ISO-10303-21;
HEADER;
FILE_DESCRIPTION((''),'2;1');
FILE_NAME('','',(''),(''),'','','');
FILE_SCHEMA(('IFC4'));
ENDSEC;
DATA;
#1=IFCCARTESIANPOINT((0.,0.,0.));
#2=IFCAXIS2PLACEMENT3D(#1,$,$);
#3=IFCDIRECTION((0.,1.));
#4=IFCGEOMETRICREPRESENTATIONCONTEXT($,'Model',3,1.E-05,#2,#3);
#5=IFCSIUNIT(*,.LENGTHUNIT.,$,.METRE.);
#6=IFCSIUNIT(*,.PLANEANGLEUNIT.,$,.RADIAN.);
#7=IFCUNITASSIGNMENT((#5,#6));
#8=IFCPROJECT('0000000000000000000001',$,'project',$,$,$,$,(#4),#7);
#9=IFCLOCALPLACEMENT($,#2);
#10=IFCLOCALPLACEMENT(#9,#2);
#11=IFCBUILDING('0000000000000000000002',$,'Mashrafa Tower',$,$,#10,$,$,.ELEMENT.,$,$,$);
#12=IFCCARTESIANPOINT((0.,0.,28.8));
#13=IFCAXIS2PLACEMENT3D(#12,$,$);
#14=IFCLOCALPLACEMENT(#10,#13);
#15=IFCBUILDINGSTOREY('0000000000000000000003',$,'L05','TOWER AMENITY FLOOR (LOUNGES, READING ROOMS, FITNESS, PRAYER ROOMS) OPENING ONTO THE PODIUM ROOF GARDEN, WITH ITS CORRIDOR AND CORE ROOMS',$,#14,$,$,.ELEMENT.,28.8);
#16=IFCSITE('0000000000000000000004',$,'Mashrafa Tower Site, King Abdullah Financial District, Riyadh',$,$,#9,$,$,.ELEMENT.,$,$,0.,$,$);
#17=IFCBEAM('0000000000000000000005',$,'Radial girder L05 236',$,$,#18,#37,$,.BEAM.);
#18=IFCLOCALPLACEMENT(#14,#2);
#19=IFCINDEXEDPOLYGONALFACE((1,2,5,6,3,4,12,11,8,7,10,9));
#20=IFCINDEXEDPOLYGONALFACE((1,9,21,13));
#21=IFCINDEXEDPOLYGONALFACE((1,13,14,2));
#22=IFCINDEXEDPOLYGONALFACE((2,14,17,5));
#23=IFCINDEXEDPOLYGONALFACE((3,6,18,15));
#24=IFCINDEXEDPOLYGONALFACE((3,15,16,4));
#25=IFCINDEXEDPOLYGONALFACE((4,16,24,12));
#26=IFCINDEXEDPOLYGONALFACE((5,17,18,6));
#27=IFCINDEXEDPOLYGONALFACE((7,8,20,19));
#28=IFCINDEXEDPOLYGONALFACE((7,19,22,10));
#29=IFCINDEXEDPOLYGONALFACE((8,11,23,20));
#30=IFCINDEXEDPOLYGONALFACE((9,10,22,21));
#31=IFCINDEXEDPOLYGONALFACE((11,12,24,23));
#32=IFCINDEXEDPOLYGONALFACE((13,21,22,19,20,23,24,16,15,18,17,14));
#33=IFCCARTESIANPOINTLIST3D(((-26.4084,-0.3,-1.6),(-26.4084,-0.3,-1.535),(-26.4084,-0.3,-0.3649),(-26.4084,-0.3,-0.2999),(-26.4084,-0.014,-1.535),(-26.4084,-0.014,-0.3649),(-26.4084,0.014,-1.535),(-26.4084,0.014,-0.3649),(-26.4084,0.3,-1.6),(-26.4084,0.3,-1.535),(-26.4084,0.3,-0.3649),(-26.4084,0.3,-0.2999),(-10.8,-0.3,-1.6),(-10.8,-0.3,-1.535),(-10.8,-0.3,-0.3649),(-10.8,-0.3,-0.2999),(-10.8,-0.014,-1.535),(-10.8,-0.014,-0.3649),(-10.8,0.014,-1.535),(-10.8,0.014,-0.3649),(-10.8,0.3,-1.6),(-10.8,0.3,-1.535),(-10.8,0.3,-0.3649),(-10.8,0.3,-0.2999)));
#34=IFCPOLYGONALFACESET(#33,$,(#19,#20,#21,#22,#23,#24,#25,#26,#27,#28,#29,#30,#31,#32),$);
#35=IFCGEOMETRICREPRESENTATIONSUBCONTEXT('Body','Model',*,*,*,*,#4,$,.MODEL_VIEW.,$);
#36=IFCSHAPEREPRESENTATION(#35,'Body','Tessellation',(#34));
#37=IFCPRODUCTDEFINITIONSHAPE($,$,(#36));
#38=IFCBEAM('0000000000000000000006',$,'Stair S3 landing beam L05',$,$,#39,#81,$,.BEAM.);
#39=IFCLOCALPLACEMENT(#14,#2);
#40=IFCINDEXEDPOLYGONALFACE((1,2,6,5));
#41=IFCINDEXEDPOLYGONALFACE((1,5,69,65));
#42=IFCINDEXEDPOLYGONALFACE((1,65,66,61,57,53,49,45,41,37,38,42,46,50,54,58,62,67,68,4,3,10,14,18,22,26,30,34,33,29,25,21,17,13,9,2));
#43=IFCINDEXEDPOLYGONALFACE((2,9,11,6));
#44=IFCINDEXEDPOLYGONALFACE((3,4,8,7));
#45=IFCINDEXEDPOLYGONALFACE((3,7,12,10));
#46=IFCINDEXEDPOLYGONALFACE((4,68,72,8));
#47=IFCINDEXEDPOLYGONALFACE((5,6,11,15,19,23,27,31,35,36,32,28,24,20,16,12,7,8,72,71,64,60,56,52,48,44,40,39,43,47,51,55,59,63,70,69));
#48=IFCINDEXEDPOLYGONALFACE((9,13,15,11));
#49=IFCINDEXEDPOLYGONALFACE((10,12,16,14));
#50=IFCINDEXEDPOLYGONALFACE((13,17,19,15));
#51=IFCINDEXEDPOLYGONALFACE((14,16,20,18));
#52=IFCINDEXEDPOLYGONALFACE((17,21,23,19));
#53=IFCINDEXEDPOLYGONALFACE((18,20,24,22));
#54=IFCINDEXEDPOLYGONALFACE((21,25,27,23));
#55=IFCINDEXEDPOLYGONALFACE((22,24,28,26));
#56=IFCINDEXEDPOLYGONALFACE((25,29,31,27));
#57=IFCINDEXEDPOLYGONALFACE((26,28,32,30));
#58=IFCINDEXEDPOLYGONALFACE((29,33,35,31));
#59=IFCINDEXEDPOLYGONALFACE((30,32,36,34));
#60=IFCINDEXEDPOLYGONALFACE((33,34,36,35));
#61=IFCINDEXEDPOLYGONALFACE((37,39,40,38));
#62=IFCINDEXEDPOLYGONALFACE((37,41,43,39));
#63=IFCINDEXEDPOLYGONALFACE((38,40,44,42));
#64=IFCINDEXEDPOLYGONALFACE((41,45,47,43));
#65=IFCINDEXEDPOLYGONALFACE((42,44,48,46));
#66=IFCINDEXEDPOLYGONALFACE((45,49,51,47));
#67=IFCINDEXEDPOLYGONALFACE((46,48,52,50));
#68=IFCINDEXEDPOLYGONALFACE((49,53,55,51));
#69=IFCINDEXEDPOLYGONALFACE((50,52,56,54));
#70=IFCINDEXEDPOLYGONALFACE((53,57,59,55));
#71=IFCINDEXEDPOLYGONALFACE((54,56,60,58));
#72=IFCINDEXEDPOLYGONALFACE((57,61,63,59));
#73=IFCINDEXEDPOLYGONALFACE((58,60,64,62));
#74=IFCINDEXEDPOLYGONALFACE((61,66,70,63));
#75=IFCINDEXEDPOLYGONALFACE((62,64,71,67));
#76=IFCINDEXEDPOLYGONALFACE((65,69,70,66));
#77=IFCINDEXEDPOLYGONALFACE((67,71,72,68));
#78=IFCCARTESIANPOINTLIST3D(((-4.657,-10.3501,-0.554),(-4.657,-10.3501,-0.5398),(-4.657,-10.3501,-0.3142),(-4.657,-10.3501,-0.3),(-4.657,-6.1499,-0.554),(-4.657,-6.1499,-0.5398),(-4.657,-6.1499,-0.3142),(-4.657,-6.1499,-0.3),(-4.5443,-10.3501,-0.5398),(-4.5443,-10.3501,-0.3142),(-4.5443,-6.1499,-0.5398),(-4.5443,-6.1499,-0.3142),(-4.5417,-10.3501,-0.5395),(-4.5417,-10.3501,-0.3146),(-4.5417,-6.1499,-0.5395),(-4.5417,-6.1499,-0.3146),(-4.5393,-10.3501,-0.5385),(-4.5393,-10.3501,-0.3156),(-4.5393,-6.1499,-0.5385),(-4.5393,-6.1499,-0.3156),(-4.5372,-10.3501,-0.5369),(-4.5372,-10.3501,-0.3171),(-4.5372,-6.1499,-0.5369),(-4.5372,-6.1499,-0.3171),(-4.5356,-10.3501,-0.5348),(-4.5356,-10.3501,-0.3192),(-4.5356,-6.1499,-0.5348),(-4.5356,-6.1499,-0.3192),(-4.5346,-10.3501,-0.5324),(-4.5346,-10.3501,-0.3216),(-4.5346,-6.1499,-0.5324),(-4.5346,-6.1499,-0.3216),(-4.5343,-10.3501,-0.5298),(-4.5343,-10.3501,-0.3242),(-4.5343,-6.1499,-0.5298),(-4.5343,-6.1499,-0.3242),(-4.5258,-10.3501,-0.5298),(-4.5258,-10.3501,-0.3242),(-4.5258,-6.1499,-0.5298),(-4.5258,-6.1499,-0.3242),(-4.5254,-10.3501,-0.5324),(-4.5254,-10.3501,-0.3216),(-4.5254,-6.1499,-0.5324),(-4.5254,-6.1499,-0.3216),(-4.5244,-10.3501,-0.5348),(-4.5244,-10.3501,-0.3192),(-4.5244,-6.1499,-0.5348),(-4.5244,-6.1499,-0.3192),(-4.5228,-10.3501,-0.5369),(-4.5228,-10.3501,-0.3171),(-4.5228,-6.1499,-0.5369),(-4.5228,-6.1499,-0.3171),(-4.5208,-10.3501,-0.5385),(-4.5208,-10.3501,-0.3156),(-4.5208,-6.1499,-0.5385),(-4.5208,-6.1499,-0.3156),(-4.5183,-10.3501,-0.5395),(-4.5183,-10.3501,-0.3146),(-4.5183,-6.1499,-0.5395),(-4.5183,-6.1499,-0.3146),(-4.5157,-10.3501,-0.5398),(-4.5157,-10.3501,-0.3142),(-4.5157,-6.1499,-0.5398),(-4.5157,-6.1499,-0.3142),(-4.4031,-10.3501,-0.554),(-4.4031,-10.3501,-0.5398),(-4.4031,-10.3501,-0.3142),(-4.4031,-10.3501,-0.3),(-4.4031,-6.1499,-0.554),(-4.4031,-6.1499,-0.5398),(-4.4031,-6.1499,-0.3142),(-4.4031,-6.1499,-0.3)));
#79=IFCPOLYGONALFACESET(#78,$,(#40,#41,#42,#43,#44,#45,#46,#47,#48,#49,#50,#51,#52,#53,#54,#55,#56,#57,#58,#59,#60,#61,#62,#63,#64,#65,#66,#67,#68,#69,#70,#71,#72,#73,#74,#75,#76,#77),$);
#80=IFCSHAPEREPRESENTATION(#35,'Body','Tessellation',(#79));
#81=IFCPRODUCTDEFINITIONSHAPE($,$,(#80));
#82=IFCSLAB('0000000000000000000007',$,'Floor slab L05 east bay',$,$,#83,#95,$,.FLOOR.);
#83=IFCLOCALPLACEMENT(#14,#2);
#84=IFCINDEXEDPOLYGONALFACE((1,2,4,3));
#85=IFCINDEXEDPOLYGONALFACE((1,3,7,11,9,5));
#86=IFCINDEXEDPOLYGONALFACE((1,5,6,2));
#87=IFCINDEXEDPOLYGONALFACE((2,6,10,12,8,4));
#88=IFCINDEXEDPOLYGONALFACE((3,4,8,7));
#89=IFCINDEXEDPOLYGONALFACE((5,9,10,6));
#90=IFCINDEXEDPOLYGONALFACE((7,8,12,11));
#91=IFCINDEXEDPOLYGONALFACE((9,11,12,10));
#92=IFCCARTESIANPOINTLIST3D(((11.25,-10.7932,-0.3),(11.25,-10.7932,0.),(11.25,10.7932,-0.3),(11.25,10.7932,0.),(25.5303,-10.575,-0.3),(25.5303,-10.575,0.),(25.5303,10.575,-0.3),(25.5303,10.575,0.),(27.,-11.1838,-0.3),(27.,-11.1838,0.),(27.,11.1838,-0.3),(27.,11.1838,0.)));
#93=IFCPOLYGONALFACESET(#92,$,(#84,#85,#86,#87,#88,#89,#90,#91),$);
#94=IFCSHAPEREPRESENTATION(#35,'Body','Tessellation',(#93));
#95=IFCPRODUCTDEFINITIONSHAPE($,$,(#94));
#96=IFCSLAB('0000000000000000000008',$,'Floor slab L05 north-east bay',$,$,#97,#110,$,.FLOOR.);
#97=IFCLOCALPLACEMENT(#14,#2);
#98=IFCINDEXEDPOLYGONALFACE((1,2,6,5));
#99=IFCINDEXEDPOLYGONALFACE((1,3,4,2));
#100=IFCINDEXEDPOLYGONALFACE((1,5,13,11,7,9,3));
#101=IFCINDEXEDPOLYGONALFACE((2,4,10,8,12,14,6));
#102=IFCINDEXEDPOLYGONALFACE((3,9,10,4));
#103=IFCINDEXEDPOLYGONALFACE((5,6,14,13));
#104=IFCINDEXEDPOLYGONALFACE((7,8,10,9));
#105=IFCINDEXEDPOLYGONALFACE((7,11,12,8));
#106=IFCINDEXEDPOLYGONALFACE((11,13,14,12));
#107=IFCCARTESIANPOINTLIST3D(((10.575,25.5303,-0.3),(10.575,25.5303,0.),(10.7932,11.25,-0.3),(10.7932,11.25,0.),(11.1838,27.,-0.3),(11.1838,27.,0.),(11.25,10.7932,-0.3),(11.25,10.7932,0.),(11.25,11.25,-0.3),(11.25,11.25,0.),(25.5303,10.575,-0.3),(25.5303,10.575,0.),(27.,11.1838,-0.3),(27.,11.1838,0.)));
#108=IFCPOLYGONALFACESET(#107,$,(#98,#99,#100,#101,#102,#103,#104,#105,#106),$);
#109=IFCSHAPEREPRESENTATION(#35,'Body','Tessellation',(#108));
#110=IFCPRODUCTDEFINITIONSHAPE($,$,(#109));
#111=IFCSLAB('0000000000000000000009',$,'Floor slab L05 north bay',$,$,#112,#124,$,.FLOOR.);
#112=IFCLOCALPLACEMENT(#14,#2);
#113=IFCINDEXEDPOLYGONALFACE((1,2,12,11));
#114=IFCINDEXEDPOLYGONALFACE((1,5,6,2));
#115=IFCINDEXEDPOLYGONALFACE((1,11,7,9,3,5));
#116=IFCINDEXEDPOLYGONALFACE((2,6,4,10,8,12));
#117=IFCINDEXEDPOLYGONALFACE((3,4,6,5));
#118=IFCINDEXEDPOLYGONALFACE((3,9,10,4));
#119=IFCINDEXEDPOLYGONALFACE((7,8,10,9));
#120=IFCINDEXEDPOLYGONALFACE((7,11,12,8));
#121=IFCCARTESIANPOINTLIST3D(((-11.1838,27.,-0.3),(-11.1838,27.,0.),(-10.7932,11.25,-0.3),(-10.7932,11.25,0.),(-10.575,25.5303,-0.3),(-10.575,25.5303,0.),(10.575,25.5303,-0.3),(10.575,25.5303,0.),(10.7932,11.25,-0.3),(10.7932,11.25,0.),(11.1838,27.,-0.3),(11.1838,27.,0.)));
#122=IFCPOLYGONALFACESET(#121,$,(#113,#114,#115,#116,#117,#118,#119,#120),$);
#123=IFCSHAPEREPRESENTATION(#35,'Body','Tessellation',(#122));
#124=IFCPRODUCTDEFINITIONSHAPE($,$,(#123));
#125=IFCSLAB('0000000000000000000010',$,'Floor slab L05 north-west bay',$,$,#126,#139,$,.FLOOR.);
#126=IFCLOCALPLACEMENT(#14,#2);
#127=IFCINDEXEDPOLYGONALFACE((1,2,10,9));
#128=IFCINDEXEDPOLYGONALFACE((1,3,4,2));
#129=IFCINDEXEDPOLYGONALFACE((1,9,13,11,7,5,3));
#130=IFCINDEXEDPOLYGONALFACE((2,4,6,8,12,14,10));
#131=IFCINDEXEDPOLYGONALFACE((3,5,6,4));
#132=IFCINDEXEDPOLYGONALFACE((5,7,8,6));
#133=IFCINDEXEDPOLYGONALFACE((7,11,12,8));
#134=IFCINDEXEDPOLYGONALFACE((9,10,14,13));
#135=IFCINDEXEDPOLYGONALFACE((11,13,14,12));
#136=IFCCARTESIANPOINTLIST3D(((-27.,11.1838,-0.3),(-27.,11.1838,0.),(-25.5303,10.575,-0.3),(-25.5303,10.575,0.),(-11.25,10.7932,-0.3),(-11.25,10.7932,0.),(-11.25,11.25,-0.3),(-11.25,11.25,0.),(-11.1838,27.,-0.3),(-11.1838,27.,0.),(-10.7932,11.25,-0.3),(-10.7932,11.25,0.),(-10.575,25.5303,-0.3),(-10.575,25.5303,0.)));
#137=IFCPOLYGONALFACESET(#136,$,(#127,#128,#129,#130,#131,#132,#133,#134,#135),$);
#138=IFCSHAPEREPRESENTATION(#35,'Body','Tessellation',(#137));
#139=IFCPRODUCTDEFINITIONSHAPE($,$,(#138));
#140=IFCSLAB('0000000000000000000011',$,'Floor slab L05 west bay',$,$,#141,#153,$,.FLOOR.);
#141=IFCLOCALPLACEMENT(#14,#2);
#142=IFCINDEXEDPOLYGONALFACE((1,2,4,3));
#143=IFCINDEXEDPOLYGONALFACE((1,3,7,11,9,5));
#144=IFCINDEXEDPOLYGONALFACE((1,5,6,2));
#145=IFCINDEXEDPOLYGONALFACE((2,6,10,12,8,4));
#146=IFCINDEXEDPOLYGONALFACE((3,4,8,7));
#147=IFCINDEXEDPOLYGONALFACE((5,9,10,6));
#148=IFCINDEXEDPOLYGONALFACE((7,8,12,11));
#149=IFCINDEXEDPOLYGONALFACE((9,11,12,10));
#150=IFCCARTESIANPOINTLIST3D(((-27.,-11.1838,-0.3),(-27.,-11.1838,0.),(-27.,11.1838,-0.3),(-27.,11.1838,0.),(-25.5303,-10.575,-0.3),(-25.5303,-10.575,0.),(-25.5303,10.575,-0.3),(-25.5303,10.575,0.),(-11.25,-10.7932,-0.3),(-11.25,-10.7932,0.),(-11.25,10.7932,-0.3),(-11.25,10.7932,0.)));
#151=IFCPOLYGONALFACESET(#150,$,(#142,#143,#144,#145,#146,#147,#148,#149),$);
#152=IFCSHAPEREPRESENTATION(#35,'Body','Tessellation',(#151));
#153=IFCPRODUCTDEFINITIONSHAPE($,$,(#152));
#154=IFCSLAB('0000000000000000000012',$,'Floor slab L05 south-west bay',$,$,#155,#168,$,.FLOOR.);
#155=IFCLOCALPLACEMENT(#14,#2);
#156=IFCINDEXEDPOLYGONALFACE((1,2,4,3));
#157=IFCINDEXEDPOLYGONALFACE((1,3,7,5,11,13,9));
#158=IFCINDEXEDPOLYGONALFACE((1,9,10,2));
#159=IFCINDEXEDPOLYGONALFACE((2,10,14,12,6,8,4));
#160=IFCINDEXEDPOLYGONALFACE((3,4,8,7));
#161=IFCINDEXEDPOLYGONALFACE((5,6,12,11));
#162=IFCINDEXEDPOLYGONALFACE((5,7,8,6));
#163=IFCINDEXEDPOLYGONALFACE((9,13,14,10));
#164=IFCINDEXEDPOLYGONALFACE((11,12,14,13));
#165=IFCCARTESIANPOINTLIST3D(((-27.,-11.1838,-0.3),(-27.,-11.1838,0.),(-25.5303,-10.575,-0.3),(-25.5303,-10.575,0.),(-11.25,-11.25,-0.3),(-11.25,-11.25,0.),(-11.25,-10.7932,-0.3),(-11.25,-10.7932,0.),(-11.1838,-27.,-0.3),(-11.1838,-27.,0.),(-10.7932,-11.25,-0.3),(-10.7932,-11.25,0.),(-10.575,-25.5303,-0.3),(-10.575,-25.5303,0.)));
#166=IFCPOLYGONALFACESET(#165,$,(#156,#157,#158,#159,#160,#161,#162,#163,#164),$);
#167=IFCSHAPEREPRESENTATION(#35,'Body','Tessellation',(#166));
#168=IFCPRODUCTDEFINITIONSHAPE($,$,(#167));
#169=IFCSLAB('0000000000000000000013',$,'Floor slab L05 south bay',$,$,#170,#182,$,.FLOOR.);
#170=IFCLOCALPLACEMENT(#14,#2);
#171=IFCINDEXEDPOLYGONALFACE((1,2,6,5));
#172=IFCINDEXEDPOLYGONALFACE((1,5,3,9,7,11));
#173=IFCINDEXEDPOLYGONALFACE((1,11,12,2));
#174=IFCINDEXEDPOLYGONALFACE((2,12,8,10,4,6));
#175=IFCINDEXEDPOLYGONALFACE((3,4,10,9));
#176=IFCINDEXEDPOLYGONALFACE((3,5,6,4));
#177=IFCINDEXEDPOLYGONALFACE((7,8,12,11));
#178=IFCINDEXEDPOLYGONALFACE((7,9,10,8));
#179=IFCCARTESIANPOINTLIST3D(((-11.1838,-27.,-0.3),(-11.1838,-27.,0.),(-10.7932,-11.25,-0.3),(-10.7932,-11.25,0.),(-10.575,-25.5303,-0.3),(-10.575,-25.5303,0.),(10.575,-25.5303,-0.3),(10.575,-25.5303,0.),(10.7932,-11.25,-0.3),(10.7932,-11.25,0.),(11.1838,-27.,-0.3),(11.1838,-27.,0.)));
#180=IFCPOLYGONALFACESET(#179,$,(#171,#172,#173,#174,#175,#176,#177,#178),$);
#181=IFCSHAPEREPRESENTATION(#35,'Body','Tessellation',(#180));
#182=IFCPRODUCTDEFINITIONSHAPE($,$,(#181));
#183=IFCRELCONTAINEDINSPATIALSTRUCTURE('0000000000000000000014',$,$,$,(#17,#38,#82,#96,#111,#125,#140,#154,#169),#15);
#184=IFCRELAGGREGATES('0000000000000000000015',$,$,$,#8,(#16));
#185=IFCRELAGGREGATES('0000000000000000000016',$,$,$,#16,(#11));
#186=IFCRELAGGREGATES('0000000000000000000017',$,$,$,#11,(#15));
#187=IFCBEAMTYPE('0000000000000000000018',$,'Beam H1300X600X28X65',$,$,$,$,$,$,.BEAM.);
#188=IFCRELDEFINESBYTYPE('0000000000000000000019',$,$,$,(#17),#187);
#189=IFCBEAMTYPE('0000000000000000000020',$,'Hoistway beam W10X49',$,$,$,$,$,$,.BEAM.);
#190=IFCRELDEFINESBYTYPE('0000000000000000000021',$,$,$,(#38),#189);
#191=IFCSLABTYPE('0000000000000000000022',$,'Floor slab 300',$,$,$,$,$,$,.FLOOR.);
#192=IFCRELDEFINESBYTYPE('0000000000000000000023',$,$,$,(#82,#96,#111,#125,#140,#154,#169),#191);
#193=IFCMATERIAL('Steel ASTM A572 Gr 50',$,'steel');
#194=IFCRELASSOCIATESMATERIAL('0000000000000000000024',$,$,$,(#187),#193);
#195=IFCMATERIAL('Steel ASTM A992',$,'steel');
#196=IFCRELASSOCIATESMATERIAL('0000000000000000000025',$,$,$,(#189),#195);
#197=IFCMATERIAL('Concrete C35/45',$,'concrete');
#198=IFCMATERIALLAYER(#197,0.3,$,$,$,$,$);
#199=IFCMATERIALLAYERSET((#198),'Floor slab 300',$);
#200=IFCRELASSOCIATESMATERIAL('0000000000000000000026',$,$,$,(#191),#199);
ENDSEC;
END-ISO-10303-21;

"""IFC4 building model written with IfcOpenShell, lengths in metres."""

from ifc_helpers import new_model, si_unit, direction, frame, origin, origin_2d, place, context, subcontext, project, spatial, polyline, i_section, outline, extrude, material, layer, layer_set, material_profile, profile_set, type_object, element, save


model = new_model("IFC4")

# Units and contexts
model_context = context("Model", 3, precision=1e-05, world=origin(), true_north=direction((0.0, 1.0)))
body_context = subcontext(model_context, "Body", "Model", "MODEL_VIEW")
ifc_project = project(units=[si_unit("LENGTHUNIT", "METRE"), si_unit("PLANEANGLEUNIT", "RADIAN")], contexts=[model_context])

# Site, building, storey
site_placement = place(None, origin())
site = spatial("IfcSite", under=ifc_project, at=site_placement, Name="Mashrafa Tower Site, King Abdullah Financial District, Riyadh", CompositionType="ELEMENT", RefElevation=0.0)
building_placement = place(site_placement, origin())
building = spatial("IfcBuilding", under=site, at=building_placement, Name="Mashrafa Tower", CompositionType="ELEMENT")
storey_placement = place(building_placement, frame((0.0, 0.0, 28.8)))
storey = spatial("IfcBuildingStorey", under=building, at=storey_placement, Name="L05", Description="TOWER AMENITY FLOOR (LOUNGES, READING ROOMS, FITNESS, PRAYER ROOMS) OPENING ONTO THE PODIUM ROOF GARDEN, WITH ITS CORRIDOR AND CORE ROOMS", CompositionType="ELEMENT", Elevation=28.8)

# Beams
ifc_material_1 = material(Name="Steel ASTM A572 Gr 50", Category="steel")
ifc_material_profile_1 = material_profile(ifc_material_1, i_section(OverallWidth=0.6001, OverallDepth=1.3, WebThickness=0.0281, FlangeThickness=0.0649, at=origin_2d()), Name="H1300X600X28X65")
ifc_profile_set_1 = profile_set([ifc_material_profile_1], Name="Steel ASTM A572 Gr 50")
beam_type_1 = type_object("IfcBeamType", Name="Beam H1300X600X28X65", PredefinedType="BEAM", material=ifc_profile_set_1)
beam_1_placement = place(storey_placement, frame((-10.8, 0.0, -0.95), z_axis=(-1.0, 0.0, 0.0), x_axis=(0.0, -1.0, 0.0)))
element("IfcBeam", 1, at=beam_1_placement, inside=storey, type_object=beam_type_1, Name="Radial girder L05 236", PredefinedType="BEAM", context=body_context, shape_type="SweptSolid", body=[
    extrude(i_section(OverallWidth=0.6001, OverallDepth=1.3, WebThickness=0.0281, FlangeThickness=0.0649, at=origin_2d()), origin(), (0.0, 0.0, 1.0), 15.6084),
])
ifc_material_2 = material(Name="Steel ASTM A992", Category="steel")
ifc_material_profile_2 = material_profile(ifc_material_2, i_section(OverallWidth=0.2539, OverallDepth=0.2539, WebThickness=0.0085, FlangeThickness=0.0142, FilletRadius=0.01, at=origin_2d()), Name="W10X49")
ifc_profile_set_2 = profile_set([ifc_material_profile_2], Name="Steel ASTM A992")
beam_type_2 = type_object("IfcBeamType", Name="Hoistway beam W10X49", PredefinedType="BEAM", material=ifc_profile_set_2)
beam_2_placement = place(storey_placement, frame((-4.53, -10.3501, -0.427), z_axis=(0.0, 1.0, 0.0), x_axis=(-1.0, 0.0, 0.0)))
element("IfcBeam", 2, at=beam_2_placement, inside=storey, type_object=beam_type_2, Name="Stair S3 landing beam L05", PredefinedType="BEAM", context=body_context, shape_type="SweptSolid", body=[
    extrude(i_section(OverallWidth=0.2539, OverallDepth=0.2539, WebThickness=0.0085, FlangeThickness=0.0142, FilletRadius=0.01, at=origin_2d()), origin(), (0.0, 0.0, 1.0), 4.2002),
])

# Slabs
ifc_material_3 = material(Name="Concrete C35/45", Category="concrete")
ifc_layer_1 = layer(ifc_material_3, 0.3)
ifc_layer_set_1 = layer_set([ifc_layer_1], Name="Floor slab 300")
slab_type = type_object("IfcSlabType", Name="Floor slab 300", PredefinedType="FLOOR", material=ifc_layer_set_1)
slab_1_placement = place(storey_placement, frame((0.0, 0.0, -0.3)))
element("IfcSlab", 3, at=slab_1_placement, inside=storey, type_object=slab_type, Name="Floor slab L05 east bay", PredefinedType="FLOOR", context=body_context, shape_type="SweptSolid", body=[
    extrude(outline(polyline([(27.0, 11.1838), (27.0, -11.1838), (27.0, -11.1838), (25.5303, -10.575), (11.25, -10.7932), (11.25, 10.7932), (25.5303, 10.575), (27.0, 11.1838), (27.0, 11.1838)])), origin(), (0.0, 0.0, 1.0), 0.3),
])
slab_2_placement = place(storey_placement, frame((0.0, 0.0, -0.3)))
element("IfcSlab", 4, at=slab_2_placement, inside=storey, type_object=slab_type, Name="Floor slab L05 north-east bay", PredefinedType="FLOOR", context=body_context, shape_type="SweptSolid", body=[
    extrude(outline(polyline([(27.0, 11.1838), (25.5303, 10.575), (11.25, 10.7932), (11.25, 11.25), (10.7932, 11.25), (10.575, 25.5303), (11.1838, 27.0), (27.0, 11.1838)])), origin(), (0.0, 0.0, 1.0), 0.3),
])
slab_3_placement = place(storey_placement, frame((0.0, 0.0, -0.3)))
element("IfcSlab", 5, at=slab_3_placement, inside=storey, type_object=slab_type, Name="Floor slab L05 north bay", PredefinedType="FLOOR", context=body_context, shape_type="SweptSolid", body=[
    extrude(outline(polyline([(-11.1838, 27.0), (11.1838, 27.0), (11.1838, 27.0), (10.575, 25.5303), (10.7932, 11.25), (-10.7932, 11.25), (-10.575, 25.5303), (-11.1838, 27.0), (-11.1838, 27.0)])), origin(), (0.0, 0.0, 1.0), 0.3),
])
slab_4_placement = place(storey_placement, frame((0.0, 0.0, -0.3)))
element("IfcSlab", 6, at=slab_4_placement, inside=storey, type_object=slab_type, Name="Floor slab L05 north-west bay", PredefinedType="FLOOR", context=body_context, shape_type="SweptSolid", body=[
    extrude(outline(polyline([(-11.1838, 27.0), (-10.575, 25.5303), (-10.7932, 11.25), (-11.25, 11.25), (-11.25, 10.7932), (-25.5303, 10.575), (-27.0, 11.1838), (-11.1838, 27.0)])), origin(), (0.0, 0.0, 1.0), 0.3),
])
slab_5_placement = place(storey_placement, frame((0.0, 0.0, -0.3)))
element("IfcSlab", 7, at=slab_5_placement, inside=storey, type_object=slab_type, Name="Floor slab L05 west bay", PredefinedType="FLOOR", context=body_context, shape_type="SweptSolid", body=[
    extrude(outline(polyline([(-27.0, -11.1838), (-27.0, 11.1838), (-27.0, 11.1838), (-25.5303, 10.575), (-11.25, 10.7932), (-11.25, -10.7932), (-25.5303, -10.575), (-27.0, -11.1838), (-27.0, -11.1838)])), origin(), (0.0, 0.0, 1.0), 0.3),
])
slab_6_placement = place(storey_placement, frame((0.0, 0.0, -0.3)))
element("IfcSlab", 8, at=slab_6_placement, inside=storey, type_object=slab_type, Name="Floor slab L05 south-west bay", PredefinedType="FLOOR", context=body_context, shape_type="SweptSolid", body=[
    extrude(outline(polyline([(-27.0, -11.1838), (-25.5303, -10.575), (-11.25, -10.7932), (-11.25, -11.25), (-10.7932, -11.25), (-10.575, -25.5303), (-11.1838, -27.0), (-27.0, -11.1838)])), origin(), (0.0, 0.0, 1.0), 0.3),
])
slab_7_placement = place(storey_placement, frame((0.0, 0.0, -0.3)))
element("IfcSlab", 9, at=slab_7_placement, inside=storey, type_object=slab_type, Name="Floor slab L05 south bay", PredefinedType="FLOOR", context=body_context, shape_type="SweptSolid", body=[
    extrude(outline(polyline([(-11.1838, -27.0), (-11.1838, -27.0), (-10.575, -25.5303), (-10.7932, -11.25), (10.7932, -11.25), (10.575, -25.5303), (11.1838, -27.0), (11.1838, -27.0), (-11.1838, -27.0)])), origin(), (0.0, 0.0, 1.0), 0.3),
])

save(model, "model.ifc")
